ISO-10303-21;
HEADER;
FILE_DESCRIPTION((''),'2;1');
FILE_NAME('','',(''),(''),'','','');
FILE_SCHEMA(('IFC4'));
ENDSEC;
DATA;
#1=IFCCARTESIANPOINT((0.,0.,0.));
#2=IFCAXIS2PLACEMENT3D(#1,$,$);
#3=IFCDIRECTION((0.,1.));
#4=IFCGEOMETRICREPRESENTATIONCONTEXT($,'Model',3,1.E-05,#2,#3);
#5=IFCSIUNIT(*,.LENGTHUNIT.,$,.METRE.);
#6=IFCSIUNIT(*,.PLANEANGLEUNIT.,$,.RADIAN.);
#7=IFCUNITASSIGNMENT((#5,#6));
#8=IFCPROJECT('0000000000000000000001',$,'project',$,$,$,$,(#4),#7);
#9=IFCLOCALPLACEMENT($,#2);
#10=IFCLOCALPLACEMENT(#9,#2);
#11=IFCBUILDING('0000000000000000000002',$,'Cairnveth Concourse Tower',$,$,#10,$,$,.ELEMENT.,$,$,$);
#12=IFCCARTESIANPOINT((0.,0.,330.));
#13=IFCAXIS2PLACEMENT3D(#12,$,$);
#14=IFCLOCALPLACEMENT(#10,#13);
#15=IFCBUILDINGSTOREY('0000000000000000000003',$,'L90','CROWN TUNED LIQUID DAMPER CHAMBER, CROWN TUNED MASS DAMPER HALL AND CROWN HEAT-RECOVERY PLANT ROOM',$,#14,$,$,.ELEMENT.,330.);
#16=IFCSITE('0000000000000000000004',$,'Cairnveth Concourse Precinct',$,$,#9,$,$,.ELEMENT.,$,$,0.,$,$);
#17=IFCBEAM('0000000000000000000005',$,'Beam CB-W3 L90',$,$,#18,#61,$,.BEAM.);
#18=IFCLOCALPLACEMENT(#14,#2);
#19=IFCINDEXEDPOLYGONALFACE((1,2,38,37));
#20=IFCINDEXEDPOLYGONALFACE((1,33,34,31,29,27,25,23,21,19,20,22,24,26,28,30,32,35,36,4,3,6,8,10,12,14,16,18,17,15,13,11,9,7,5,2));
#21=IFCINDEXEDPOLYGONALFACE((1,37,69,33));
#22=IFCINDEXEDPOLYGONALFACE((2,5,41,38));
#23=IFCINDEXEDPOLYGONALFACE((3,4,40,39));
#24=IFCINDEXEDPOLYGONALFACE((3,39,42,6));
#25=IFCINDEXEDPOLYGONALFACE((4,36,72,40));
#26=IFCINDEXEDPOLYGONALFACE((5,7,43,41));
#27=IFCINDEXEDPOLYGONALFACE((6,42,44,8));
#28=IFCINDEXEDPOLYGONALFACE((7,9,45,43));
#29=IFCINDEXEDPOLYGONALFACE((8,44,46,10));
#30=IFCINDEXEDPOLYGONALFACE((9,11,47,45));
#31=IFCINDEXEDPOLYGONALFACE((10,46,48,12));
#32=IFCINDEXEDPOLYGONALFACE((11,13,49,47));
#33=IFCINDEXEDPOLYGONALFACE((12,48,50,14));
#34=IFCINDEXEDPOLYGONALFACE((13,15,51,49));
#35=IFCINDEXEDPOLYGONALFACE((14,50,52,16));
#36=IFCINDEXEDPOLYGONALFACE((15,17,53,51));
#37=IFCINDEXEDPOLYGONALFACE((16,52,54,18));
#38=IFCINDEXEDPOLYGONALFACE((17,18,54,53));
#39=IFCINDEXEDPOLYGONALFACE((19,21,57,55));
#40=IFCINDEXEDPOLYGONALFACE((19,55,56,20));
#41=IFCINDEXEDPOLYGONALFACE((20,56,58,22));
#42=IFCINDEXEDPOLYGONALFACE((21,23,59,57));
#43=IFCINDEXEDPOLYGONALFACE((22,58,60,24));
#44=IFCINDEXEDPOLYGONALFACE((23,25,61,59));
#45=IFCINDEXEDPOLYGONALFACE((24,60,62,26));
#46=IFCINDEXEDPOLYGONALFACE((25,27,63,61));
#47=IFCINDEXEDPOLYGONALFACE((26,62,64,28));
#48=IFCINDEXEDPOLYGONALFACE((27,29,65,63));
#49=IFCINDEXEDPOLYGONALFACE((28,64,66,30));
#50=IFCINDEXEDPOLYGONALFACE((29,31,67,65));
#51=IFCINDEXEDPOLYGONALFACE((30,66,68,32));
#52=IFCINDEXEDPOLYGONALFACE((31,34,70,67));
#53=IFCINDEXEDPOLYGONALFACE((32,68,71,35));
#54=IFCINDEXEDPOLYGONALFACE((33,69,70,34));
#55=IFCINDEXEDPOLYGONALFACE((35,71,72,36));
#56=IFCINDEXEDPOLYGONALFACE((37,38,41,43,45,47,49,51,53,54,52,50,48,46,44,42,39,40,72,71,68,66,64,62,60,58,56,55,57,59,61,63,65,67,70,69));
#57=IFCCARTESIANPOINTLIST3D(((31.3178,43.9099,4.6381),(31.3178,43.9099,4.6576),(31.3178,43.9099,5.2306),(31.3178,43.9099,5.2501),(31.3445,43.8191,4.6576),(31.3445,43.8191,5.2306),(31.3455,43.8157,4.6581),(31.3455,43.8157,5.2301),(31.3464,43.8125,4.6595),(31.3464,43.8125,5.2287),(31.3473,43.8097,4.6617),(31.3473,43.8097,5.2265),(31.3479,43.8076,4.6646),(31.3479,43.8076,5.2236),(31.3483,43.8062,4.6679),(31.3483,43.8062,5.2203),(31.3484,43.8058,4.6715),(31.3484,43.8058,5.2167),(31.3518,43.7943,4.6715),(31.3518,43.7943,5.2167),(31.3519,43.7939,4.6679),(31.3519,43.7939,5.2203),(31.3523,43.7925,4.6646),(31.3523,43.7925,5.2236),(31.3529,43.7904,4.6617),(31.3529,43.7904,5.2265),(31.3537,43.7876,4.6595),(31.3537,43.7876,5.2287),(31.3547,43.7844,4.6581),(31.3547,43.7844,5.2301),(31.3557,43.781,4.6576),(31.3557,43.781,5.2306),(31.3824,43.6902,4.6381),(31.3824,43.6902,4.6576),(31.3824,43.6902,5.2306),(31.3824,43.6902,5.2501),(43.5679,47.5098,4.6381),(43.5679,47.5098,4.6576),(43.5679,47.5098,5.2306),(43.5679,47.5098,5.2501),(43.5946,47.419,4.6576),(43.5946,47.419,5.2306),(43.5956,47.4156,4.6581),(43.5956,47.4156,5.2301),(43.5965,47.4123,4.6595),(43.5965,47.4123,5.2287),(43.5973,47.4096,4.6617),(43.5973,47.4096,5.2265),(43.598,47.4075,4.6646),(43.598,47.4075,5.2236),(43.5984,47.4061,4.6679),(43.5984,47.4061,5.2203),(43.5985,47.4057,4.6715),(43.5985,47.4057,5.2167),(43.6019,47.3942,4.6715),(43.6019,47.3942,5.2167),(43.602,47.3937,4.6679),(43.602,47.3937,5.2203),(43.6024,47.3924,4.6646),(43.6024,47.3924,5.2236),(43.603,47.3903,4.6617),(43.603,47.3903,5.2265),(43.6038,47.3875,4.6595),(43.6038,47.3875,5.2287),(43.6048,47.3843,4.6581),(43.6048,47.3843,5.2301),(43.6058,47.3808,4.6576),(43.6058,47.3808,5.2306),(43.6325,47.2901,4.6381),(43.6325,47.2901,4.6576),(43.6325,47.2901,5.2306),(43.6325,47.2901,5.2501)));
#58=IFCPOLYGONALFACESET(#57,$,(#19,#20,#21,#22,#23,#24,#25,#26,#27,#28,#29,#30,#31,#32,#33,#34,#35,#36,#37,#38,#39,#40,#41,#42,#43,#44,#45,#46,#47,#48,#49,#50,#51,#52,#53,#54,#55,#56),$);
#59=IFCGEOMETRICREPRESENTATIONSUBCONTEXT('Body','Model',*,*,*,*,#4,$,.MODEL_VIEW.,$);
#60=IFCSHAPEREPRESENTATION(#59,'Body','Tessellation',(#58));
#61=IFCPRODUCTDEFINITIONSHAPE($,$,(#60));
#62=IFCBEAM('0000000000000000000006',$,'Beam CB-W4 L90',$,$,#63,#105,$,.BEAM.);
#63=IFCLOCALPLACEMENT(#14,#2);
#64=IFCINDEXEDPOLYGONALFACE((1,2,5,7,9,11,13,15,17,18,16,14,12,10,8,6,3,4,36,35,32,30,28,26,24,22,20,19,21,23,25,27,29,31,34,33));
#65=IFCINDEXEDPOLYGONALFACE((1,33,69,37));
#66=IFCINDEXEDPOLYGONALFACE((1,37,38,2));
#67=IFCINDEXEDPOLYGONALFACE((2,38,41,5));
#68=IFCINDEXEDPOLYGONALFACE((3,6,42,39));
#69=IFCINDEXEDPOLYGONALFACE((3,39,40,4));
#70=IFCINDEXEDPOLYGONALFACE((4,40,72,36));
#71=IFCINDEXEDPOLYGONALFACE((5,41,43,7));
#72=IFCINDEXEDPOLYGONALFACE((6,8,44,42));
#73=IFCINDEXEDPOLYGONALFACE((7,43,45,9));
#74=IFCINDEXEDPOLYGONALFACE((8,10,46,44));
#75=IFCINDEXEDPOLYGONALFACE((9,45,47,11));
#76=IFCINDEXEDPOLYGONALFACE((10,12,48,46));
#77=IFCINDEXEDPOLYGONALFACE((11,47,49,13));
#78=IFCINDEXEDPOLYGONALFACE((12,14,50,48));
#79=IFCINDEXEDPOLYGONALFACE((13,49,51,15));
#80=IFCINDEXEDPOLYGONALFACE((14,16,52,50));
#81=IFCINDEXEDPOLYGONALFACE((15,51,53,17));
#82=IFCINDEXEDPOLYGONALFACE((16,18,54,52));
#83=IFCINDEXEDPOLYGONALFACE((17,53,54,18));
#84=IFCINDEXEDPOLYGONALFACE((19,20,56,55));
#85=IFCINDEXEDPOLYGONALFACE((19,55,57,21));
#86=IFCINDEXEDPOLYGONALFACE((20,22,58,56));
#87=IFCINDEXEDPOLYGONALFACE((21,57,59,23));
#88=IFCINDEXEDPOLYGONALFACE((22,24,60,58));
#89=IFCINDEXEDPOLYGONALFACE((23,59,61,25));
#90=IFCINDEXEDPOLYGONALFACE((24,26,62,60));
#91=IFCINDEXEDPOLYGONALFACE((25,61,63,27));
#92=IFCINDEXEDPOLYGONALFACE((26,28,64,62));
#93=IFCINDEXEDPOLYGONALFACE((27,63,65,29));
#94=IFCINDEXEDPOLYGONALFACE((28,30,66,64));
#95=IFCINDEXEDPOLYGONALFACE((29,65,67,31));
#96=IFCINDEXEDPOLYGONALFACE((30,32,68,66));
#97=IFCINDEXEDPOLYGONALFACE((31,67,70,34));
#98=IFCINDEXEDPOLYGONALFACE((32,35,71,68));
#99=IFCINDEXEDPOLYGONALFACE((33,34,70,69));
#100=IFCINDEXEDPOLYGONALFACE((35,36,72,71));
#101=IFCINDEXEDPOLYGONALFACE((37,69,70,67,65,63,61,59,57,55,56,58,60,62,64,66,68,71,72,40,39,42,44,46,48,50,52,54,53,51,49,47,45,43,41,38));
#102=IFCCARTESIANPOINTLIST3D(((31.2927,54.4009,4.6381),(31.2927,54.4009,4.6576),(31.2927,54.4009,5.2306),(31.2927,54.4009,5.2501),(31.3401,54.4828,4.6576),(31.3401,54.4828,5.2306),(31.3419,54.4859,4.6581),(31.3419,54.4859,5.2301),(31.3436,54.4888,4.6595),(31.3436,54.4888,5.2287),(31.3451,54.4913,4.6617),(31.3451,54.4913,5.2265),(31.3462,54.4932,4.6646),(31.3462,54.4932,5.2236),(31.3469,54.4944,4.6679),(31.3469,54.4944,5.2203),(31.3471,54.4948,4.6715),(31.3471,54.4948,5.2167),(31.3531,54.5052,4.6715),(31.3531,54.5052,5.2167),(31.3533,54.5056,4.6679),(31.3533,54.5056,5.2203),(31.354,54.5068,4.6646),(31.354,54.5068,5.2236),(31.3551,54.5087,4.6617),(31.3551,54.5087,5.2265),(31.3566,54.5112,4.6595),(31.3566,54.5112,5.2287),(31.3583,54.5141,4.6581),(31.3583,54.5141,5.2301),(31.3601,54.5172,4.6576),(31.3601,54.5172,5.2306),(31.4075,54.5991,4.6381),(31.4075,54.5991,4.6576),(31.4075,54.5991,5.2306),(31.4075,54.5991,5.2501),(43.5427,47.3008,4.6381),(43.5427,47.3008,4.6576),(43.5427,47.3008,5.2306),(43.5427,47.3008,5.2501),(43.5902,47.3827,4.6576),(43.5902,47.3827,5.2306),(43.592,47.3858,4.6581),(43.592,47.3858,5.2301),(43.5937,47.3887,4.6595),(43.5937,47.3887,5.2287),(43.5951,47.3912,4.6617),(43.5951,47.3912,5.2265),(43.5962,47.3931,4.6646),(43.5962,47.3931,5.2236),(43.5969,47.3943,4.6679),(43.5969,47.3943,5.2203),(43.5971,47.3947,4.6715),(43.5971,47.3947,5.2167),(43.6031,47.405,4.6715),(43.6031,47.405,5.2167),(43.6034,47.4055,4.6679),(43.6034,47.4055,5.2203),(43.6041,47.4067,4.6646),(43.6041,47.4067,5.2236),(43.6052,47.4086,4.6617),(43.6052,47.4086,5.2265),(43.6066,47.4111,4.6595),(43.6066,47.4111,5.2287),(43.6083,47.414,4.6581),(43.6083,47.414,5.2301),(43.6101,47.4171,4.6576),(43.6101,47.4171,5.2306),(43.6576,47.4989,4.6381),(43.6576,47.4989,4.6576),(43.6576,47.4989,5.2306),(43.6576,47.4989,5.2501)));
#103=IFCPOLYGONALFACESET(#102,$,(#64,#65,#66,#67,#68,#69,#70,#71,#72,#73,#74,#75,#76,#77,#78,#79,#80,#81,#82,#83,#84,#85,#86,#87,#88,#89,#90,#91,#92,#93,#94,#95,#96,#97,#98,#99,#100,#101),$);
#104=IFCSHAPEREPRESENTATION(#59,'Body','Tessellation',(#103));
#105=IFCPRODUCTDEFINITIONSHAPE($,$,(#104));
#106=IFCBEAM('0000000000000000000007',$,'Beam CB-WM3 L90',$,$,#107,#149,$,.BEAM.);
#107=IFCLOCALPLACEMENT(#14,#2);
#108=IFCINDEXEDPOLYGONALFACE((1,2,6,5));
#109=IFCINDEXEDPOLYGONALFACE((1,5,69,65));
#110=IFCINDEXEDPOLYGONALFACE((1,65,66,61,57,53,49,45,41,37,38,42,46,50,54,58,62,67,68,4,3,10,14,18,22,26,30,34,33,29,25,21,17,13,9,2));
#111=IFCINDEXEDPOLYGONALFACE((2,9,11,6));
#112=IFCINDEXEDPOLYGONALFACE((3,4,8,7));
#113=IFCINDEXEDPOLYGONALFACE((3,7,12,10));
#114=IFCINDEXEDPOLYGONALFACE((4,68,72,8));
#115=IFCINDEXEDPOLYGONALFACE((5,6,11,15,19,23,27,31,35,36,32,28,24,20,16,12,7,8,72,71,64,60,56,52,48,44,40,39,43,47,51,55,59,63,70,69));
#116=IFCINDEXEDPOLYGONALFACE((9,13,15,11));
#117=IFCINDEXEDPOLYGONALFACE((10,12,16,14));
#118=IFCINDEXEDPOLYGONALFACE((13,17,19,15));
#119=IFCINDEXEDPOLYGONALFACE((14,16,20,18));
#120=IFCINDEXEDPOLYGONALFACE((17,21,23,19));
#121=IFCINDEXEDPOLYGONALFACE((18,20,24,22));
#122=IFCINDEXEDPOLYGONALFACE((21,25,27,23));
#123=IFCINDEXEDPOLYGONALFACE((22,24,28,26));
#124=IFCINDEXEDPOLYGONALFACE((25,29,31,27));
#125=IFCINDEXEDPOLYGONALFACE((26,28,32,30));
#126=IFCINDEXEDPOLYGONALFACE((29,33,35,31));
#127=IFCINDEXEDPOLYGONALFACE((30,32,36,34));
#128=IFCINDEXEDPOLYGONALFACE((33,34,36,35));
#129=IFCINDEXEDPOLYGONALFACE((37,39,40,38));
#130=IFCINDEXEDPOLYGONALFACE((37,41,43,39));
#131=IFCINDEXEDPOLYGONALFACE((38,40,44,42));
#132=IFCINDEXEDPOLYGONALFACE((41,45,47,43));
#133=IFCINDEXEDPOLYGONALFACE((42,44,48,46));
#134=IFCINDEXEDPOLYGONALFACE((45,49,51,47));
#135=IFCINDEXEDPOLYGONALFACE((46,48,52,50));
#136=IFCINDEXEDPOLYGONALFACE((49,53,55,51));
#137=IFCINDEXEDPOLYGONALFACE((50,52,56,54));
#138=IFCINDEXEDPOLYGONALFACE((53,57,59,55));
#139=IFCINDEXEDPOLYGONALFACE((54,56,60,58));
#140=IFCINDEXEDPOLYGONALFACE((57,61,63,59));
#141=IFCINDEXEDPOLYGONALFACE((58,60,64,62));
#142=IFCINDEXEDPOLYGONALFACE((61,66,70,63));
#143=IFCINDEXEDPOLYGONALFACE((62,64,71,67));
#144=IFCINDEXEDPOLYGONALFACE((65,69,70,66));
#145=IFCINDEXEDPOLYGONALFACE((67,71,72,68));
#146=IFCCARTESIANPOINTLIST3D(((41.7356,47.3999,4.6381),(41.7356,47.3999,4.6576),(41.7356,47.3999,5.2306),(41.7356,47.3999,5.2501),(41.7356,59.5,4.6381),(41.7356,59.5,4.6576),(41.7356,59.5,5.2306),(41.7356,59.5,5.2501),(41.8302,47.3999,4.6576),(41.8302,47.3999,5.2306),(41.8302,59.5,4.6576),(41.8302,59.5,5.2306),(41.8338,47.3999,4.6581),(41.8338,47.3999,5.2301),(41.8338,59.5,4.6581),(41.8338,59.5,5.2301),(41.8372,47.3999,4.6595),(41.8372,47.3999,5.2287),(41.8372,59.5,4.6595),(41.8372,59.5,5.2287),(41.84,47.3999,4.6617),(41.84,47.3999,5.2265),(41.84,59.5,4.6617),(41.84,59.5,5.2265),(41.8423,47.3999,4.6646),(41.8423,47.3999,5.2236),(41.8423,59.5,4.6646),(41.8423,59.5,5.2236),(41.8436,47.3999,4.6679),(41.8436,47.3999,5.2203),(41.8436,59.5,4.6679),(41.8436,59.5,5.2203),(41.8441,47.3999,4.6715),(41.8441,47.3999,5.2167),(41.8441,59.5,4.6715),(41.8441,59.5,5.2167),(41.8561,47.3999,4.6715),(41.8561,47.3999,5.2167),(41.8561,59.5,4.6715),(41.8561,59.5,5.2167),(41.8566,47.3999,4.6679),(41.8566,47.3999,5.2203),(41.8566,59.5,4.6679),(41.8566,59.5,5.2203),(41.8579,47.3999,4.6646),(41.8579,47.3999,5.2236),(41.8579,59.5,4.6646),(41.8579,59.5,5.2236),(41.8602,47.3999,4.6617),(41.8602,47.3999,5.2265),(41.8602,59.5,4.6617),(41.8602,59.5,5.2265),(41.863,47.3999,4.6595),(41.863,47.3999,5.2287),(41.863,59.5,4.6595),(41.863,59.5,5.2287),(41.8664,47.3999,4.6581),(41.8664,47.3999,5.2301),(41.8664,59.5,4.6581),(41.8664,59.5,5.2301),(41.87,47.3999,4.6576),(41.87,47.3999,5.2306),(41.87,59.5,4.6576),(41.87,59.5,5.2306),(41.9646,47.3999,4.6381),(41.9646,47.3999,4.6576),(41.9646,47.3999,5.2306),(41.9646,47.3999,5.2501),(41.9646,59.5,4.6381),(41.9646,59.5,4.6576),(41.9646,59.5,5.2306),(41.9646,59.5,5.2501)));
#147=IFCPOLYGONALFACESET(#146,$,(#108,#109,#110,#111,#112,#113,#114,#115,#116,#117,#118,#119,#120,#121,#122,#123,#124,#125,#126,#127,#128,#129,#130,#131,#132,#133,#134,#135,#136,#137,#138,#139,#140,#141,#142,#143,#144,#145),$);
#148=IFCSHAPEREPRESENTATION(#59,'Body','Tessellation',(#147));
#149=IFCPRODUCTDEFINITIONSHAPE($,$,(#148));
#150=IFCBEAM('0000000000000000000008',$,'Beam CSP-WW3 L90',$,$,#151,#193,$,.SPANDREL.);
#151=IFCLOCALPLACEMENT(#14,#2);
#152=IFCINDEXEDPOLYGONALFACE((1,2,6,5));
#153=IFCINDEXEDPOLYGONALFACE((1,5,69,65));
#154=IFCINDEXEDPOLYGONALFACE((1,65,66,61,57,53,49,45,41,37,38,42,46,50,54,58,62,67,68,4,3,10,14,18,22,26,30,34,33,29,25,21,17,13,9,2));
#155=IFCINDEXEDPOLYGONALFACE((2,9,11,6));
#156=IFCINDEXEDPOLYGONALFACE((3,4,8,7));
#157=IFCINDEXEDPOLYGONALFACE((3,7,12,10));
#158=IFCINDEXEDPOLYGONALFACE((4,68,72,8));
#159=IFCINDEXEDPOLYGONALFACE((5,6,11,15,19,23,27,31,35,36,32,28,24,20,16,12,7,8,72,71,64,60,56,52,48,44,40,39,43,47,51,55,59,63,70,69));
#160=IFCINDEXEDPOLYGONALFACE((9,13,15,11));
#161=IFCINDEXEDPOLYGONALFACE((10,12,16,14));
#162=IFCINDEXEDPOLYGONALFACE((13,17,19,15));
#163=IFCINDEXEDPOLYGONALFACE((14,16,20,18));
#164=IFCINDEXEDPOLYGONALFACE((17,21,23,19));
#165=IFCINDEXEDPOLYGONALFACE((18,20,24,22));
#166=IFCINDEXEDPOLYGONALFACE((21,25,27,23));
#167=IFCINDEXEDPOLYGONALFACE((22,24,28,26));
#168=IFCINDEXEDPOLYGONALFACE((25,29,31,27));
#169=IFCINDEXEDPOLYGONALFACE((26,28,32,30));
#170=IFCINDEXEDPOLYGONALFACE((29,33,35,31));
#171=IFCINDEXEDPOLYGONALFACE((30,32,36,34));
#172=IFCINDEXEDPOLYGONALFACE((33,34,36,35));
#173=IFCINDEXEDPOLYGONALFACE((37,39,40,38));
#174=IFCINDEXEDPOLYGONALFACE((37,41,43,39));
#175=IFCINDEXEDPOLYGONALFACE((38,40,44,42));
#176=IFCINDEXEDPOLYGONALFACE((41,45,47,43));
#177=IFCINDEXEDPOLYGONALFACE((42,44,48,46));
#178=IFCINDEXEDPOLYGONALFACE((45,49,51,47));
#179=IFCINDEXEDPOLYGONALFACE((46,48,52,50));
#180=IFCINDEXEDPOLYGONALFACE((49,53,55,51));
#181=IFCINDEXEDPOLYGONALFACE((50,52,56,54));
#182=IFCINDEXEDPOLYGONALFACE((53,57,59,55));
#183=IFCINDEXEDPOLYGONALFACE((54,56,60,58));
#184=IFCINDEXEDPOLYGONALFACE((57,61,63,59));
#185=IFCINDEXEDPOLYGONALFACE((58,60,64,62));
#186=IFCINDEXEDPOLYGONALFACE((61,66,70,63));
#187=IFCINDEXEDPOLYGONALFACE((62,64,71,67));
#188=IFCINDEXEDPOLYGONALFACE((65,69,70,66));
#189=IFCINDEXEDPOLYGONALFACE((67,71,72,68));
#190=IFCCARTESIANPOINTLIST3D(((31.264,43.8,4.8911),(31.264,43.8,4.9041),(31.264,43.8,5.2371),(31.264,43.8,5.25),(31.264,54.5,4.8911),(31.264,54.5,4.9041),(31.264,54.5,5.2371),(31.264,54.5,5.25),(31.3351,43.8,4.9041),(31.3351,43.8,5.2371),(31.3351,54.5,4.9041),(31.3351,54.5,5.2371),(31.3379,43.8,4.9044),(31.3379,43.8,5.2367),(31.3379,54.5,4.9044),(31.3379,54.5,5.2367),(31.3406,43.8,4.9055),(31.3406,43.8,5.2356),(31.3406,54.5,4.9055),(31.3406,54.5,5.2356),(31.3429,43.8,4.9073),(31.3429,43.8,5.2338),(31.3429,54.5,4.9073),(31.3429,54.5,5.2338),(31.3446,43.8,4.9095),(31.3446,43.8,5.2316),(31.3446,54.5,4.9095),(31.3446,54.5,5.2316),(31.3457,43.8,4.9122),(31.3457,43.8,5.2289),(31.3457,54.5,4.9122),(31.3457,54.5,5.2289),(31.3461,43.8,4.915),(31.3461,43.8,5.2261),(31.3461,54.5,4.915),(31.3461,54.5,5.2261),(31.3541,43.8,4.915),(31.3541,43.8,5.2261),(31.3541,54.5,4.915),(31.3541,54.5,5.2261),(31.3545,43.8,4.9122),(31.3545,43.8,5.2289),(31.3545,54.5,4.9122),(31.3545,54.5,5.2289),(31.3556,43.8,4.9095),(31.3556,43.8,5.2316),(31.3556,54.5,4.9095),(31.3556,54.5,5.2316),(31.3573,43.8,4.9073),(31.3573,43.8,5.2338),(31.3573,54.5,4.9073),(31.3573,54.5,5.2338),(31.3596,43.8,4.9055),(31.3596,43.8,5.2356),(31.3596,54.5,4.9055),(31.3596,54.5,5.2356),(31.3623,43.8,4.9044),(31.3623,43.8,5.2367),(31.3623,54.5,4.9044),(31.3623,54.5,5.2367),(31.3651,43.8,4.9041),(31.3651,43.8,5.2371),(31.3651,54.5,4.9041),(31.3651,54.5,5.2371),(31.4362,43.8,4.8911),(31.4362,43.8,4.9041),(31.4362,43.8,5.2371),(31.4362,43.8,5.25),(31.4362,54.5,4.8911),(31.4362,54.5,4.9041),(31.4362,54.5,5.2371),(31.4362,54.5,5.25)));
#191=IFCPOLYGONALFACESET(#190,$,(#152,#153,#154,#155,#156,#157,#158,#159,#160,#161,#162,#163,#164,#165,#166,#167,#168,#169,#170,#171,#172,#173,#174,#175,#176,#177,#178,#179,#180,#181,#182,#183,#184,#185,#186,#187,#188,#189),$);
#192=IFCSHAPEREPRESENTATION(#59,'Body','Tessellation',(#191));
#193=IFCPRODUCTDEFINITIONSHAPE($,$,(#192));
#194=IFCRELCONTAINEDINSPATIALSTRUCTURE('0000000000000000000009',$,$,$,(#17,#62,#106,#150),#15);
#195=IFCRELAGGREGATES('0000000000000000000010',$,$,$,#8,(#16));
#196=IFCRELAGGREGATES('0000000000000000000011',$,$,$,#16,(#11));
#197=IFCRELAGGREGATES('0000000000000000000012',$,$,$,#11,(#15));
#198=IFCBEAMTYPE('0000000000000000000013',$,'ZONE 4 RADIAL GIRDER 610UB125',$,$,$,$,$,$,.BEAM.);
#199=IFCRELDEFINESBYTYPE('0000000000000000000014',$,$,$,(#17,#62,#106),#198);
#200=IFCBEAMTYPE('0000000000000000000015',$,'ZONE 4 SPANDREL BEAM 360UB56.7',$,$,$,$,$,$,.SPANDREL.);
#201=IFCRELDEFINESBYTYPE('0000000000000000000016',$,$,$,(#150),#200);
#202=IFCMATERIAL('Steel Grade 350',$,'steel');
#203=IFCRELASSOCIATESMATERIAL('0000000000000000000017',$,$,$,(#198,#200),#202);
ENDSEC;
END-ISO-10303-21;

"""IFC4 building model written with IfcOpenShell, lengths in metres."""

from ifc_helpers import new_model, si_unit, direction, frame, origin, origin_2d, place, context, subcontext, project, spatial, i_section, extrude, material, material_profile, profile_set, type_object, element, save


model = new_model("IFC4")

# Units and contexts
model_context = context("Model", 3, precision=1e-05, world=origin(), true_north=direction((0.0, 1.0)))
body_context = subcontext(model_context, "Body", "Model", "MODEL_VIEW")
ifc_project = project(units=[si_unit("LENGTHUNIT", "METRE"), si_unit("PLANEANGLEUNIT", "RADIAN")], contexts=[model_context])

# Site, building, storey
site_placement = place(None, origin())
site = spatial("IfcSite", under=ifc_project, at=site_placement, Name="Cairnveth Concourse Precinct", CompositionType="ELEMENT", RefElevation=0.0)
building_placement = place(site_placement, origin())
building = spatial("IfcBuilding", under=site, at=building_placement, Name="Cairnveth Concourse Tower", CompositionType="ELEMENT")
storey_placement = place(building_placement, frame((0.0, 0.0, 330.0)))
storey = spatial("IfcBuildingStorey", under=building, at=storey_placement, Name="L90", Description="CROWN TUNED LIQUID DAMPER CHAMBER, CROWN TUNED MASS DAMPER HALL AND CROWN HEAT-RECOVERY PLANT ROOM", CompositionType="ELEMENT", Elevation=330.0)

# Shared definitions
ifc_material_1 = material(Name="Steel Grade 350", Category="steel")

# Beams
ifc_material_profile_1 = material_profile(ifc_material_1, i_section(OverallWidth=0.229, OverallDepth=0.6121, WebThickness=0.012, FlangeThickness=0.0195, FilletRadius=0.0139, at=origin_2d()), Name="610UB125")
ifc_profile_set_1 = profile_set([ifc_material_profile_1], Name="Steel Grade 350")
beam_type_1 = type_object("IfcBeamType", Name="ZONE 4 RADIAL GIRDER 610UB125", PredefinedType="BEAM", material=ifc_profile_set_1)
beam_1_placement = place(storey_placement, frame((31.3501, 43.8, 4.9441), z_axis=(0.959431, 0.281944, 0.0), x_axis=(-0.281944, 0.959431, 0.0)))
element("IfcBeam", 1, at=beam_1_placement, inside=storey, type_object=beam_type_1, Name="Beam CB-W3 L90", PredefinedType="BEAM", context=body_context, shape_type="SweptSolid", body=[
    extrude(i_section(OverallWidth=0.229, OverallDepth=0.6121, WebThickness=0.012, FlangeThickness=0.0195, FilletRadius=0.0139, at=origin_2d()), origin(), (0.0, 0.0, 1.0), 12.7681),
])
beam_2_placement = place(storey_placement, frame((31.3501, 54.5, 4.9441), z_axis=(0.865181, -0.501459, 0.0), x_axis=(0.501459, 0.865181, 0.0)))
element("IfcBeam", 2, at=beam_2_placement, inside=storey, type_object=beam_type_1, Name="Beam CB-W4 L90", PredefinedType="BEAM", context=body_context, shape_type="SweptSolid", body=[
    extrude(i_section(OverallWidth=0.229, OverallDepth=0.6121, WebThickness=0.012, FlangeThickness=0.0195, FilletRadius=0.0139, at=origin_2d()), origin(), (0.0, 0.0, 1.0), 14.1589),
])
beam_3_placement = place(storey_placement, frame((41.8501, 47.3999, 4.9441), z_axis=(0.0, 1.0, 0.0), x_axis=(-1.0, 0.0, 0.0)))
element("IfcBeam", 3, at=beam_3_placement, inside=storey, type_object=beam_type_1, Name="Beam CB-WM3 L90", PredefinedType="BEAM", context=body_context, shape_type="SweptSolid", body=[
    extrude(i_section(OverallWidth=0.229, OverallDepth=0.6121, WebThickness=0.012, FlangeThickness=0.0195, FilletRadius=0.0139, at=origin_2d()), origin(), (0.0, 0.0, 1.0), 12.1001),
])
ifc_material_profile_2 = material_profile(ifc_material_1, i_section(OverallWidth=0.1721, OverallDepth=0.3589, WebThickness=0.0081, FlangeThickness=0.0129, FilletRadius=0.011, at=origin_2d()), Name="360UB56.7")
ifc_profile_set_2 = profile_set([ifc_material_profile_2], Name="Steel Grade 350")
beam_type_2 = type_object("IfcBeamType", Name="ZONE 4 SPANDREL BEAM 360UB56.7", PredefinedType="SPANDREL", material=ifc_profile_set_2)
beam_4_placement = place(storey_placement, frame((31.3501, 43.8, 5.0706), z_axis=(0.0, 1.0, 0.0), x_axis=(-1.0, 0.0, 0.0)))
element("IfcBeam", 4, at=beam_4_placement, inside=storey, type_object=beam_type_2, Name="Beam CSP-WW3 L90", PredefinedType="SPANDREL", context=body_context, shape_type="SweptSolid", body=[
    extrude(i_section(OverallWidth=0.1721, OverallDepth=0.3589, WebThickness=0.0081, FlangeThickness=0.0129, FilletRadius=0.011, at=origin_2d()), origin(), (0.0, 0.0, 1.0), 10.7),
])

save(model, "model.ifc")
